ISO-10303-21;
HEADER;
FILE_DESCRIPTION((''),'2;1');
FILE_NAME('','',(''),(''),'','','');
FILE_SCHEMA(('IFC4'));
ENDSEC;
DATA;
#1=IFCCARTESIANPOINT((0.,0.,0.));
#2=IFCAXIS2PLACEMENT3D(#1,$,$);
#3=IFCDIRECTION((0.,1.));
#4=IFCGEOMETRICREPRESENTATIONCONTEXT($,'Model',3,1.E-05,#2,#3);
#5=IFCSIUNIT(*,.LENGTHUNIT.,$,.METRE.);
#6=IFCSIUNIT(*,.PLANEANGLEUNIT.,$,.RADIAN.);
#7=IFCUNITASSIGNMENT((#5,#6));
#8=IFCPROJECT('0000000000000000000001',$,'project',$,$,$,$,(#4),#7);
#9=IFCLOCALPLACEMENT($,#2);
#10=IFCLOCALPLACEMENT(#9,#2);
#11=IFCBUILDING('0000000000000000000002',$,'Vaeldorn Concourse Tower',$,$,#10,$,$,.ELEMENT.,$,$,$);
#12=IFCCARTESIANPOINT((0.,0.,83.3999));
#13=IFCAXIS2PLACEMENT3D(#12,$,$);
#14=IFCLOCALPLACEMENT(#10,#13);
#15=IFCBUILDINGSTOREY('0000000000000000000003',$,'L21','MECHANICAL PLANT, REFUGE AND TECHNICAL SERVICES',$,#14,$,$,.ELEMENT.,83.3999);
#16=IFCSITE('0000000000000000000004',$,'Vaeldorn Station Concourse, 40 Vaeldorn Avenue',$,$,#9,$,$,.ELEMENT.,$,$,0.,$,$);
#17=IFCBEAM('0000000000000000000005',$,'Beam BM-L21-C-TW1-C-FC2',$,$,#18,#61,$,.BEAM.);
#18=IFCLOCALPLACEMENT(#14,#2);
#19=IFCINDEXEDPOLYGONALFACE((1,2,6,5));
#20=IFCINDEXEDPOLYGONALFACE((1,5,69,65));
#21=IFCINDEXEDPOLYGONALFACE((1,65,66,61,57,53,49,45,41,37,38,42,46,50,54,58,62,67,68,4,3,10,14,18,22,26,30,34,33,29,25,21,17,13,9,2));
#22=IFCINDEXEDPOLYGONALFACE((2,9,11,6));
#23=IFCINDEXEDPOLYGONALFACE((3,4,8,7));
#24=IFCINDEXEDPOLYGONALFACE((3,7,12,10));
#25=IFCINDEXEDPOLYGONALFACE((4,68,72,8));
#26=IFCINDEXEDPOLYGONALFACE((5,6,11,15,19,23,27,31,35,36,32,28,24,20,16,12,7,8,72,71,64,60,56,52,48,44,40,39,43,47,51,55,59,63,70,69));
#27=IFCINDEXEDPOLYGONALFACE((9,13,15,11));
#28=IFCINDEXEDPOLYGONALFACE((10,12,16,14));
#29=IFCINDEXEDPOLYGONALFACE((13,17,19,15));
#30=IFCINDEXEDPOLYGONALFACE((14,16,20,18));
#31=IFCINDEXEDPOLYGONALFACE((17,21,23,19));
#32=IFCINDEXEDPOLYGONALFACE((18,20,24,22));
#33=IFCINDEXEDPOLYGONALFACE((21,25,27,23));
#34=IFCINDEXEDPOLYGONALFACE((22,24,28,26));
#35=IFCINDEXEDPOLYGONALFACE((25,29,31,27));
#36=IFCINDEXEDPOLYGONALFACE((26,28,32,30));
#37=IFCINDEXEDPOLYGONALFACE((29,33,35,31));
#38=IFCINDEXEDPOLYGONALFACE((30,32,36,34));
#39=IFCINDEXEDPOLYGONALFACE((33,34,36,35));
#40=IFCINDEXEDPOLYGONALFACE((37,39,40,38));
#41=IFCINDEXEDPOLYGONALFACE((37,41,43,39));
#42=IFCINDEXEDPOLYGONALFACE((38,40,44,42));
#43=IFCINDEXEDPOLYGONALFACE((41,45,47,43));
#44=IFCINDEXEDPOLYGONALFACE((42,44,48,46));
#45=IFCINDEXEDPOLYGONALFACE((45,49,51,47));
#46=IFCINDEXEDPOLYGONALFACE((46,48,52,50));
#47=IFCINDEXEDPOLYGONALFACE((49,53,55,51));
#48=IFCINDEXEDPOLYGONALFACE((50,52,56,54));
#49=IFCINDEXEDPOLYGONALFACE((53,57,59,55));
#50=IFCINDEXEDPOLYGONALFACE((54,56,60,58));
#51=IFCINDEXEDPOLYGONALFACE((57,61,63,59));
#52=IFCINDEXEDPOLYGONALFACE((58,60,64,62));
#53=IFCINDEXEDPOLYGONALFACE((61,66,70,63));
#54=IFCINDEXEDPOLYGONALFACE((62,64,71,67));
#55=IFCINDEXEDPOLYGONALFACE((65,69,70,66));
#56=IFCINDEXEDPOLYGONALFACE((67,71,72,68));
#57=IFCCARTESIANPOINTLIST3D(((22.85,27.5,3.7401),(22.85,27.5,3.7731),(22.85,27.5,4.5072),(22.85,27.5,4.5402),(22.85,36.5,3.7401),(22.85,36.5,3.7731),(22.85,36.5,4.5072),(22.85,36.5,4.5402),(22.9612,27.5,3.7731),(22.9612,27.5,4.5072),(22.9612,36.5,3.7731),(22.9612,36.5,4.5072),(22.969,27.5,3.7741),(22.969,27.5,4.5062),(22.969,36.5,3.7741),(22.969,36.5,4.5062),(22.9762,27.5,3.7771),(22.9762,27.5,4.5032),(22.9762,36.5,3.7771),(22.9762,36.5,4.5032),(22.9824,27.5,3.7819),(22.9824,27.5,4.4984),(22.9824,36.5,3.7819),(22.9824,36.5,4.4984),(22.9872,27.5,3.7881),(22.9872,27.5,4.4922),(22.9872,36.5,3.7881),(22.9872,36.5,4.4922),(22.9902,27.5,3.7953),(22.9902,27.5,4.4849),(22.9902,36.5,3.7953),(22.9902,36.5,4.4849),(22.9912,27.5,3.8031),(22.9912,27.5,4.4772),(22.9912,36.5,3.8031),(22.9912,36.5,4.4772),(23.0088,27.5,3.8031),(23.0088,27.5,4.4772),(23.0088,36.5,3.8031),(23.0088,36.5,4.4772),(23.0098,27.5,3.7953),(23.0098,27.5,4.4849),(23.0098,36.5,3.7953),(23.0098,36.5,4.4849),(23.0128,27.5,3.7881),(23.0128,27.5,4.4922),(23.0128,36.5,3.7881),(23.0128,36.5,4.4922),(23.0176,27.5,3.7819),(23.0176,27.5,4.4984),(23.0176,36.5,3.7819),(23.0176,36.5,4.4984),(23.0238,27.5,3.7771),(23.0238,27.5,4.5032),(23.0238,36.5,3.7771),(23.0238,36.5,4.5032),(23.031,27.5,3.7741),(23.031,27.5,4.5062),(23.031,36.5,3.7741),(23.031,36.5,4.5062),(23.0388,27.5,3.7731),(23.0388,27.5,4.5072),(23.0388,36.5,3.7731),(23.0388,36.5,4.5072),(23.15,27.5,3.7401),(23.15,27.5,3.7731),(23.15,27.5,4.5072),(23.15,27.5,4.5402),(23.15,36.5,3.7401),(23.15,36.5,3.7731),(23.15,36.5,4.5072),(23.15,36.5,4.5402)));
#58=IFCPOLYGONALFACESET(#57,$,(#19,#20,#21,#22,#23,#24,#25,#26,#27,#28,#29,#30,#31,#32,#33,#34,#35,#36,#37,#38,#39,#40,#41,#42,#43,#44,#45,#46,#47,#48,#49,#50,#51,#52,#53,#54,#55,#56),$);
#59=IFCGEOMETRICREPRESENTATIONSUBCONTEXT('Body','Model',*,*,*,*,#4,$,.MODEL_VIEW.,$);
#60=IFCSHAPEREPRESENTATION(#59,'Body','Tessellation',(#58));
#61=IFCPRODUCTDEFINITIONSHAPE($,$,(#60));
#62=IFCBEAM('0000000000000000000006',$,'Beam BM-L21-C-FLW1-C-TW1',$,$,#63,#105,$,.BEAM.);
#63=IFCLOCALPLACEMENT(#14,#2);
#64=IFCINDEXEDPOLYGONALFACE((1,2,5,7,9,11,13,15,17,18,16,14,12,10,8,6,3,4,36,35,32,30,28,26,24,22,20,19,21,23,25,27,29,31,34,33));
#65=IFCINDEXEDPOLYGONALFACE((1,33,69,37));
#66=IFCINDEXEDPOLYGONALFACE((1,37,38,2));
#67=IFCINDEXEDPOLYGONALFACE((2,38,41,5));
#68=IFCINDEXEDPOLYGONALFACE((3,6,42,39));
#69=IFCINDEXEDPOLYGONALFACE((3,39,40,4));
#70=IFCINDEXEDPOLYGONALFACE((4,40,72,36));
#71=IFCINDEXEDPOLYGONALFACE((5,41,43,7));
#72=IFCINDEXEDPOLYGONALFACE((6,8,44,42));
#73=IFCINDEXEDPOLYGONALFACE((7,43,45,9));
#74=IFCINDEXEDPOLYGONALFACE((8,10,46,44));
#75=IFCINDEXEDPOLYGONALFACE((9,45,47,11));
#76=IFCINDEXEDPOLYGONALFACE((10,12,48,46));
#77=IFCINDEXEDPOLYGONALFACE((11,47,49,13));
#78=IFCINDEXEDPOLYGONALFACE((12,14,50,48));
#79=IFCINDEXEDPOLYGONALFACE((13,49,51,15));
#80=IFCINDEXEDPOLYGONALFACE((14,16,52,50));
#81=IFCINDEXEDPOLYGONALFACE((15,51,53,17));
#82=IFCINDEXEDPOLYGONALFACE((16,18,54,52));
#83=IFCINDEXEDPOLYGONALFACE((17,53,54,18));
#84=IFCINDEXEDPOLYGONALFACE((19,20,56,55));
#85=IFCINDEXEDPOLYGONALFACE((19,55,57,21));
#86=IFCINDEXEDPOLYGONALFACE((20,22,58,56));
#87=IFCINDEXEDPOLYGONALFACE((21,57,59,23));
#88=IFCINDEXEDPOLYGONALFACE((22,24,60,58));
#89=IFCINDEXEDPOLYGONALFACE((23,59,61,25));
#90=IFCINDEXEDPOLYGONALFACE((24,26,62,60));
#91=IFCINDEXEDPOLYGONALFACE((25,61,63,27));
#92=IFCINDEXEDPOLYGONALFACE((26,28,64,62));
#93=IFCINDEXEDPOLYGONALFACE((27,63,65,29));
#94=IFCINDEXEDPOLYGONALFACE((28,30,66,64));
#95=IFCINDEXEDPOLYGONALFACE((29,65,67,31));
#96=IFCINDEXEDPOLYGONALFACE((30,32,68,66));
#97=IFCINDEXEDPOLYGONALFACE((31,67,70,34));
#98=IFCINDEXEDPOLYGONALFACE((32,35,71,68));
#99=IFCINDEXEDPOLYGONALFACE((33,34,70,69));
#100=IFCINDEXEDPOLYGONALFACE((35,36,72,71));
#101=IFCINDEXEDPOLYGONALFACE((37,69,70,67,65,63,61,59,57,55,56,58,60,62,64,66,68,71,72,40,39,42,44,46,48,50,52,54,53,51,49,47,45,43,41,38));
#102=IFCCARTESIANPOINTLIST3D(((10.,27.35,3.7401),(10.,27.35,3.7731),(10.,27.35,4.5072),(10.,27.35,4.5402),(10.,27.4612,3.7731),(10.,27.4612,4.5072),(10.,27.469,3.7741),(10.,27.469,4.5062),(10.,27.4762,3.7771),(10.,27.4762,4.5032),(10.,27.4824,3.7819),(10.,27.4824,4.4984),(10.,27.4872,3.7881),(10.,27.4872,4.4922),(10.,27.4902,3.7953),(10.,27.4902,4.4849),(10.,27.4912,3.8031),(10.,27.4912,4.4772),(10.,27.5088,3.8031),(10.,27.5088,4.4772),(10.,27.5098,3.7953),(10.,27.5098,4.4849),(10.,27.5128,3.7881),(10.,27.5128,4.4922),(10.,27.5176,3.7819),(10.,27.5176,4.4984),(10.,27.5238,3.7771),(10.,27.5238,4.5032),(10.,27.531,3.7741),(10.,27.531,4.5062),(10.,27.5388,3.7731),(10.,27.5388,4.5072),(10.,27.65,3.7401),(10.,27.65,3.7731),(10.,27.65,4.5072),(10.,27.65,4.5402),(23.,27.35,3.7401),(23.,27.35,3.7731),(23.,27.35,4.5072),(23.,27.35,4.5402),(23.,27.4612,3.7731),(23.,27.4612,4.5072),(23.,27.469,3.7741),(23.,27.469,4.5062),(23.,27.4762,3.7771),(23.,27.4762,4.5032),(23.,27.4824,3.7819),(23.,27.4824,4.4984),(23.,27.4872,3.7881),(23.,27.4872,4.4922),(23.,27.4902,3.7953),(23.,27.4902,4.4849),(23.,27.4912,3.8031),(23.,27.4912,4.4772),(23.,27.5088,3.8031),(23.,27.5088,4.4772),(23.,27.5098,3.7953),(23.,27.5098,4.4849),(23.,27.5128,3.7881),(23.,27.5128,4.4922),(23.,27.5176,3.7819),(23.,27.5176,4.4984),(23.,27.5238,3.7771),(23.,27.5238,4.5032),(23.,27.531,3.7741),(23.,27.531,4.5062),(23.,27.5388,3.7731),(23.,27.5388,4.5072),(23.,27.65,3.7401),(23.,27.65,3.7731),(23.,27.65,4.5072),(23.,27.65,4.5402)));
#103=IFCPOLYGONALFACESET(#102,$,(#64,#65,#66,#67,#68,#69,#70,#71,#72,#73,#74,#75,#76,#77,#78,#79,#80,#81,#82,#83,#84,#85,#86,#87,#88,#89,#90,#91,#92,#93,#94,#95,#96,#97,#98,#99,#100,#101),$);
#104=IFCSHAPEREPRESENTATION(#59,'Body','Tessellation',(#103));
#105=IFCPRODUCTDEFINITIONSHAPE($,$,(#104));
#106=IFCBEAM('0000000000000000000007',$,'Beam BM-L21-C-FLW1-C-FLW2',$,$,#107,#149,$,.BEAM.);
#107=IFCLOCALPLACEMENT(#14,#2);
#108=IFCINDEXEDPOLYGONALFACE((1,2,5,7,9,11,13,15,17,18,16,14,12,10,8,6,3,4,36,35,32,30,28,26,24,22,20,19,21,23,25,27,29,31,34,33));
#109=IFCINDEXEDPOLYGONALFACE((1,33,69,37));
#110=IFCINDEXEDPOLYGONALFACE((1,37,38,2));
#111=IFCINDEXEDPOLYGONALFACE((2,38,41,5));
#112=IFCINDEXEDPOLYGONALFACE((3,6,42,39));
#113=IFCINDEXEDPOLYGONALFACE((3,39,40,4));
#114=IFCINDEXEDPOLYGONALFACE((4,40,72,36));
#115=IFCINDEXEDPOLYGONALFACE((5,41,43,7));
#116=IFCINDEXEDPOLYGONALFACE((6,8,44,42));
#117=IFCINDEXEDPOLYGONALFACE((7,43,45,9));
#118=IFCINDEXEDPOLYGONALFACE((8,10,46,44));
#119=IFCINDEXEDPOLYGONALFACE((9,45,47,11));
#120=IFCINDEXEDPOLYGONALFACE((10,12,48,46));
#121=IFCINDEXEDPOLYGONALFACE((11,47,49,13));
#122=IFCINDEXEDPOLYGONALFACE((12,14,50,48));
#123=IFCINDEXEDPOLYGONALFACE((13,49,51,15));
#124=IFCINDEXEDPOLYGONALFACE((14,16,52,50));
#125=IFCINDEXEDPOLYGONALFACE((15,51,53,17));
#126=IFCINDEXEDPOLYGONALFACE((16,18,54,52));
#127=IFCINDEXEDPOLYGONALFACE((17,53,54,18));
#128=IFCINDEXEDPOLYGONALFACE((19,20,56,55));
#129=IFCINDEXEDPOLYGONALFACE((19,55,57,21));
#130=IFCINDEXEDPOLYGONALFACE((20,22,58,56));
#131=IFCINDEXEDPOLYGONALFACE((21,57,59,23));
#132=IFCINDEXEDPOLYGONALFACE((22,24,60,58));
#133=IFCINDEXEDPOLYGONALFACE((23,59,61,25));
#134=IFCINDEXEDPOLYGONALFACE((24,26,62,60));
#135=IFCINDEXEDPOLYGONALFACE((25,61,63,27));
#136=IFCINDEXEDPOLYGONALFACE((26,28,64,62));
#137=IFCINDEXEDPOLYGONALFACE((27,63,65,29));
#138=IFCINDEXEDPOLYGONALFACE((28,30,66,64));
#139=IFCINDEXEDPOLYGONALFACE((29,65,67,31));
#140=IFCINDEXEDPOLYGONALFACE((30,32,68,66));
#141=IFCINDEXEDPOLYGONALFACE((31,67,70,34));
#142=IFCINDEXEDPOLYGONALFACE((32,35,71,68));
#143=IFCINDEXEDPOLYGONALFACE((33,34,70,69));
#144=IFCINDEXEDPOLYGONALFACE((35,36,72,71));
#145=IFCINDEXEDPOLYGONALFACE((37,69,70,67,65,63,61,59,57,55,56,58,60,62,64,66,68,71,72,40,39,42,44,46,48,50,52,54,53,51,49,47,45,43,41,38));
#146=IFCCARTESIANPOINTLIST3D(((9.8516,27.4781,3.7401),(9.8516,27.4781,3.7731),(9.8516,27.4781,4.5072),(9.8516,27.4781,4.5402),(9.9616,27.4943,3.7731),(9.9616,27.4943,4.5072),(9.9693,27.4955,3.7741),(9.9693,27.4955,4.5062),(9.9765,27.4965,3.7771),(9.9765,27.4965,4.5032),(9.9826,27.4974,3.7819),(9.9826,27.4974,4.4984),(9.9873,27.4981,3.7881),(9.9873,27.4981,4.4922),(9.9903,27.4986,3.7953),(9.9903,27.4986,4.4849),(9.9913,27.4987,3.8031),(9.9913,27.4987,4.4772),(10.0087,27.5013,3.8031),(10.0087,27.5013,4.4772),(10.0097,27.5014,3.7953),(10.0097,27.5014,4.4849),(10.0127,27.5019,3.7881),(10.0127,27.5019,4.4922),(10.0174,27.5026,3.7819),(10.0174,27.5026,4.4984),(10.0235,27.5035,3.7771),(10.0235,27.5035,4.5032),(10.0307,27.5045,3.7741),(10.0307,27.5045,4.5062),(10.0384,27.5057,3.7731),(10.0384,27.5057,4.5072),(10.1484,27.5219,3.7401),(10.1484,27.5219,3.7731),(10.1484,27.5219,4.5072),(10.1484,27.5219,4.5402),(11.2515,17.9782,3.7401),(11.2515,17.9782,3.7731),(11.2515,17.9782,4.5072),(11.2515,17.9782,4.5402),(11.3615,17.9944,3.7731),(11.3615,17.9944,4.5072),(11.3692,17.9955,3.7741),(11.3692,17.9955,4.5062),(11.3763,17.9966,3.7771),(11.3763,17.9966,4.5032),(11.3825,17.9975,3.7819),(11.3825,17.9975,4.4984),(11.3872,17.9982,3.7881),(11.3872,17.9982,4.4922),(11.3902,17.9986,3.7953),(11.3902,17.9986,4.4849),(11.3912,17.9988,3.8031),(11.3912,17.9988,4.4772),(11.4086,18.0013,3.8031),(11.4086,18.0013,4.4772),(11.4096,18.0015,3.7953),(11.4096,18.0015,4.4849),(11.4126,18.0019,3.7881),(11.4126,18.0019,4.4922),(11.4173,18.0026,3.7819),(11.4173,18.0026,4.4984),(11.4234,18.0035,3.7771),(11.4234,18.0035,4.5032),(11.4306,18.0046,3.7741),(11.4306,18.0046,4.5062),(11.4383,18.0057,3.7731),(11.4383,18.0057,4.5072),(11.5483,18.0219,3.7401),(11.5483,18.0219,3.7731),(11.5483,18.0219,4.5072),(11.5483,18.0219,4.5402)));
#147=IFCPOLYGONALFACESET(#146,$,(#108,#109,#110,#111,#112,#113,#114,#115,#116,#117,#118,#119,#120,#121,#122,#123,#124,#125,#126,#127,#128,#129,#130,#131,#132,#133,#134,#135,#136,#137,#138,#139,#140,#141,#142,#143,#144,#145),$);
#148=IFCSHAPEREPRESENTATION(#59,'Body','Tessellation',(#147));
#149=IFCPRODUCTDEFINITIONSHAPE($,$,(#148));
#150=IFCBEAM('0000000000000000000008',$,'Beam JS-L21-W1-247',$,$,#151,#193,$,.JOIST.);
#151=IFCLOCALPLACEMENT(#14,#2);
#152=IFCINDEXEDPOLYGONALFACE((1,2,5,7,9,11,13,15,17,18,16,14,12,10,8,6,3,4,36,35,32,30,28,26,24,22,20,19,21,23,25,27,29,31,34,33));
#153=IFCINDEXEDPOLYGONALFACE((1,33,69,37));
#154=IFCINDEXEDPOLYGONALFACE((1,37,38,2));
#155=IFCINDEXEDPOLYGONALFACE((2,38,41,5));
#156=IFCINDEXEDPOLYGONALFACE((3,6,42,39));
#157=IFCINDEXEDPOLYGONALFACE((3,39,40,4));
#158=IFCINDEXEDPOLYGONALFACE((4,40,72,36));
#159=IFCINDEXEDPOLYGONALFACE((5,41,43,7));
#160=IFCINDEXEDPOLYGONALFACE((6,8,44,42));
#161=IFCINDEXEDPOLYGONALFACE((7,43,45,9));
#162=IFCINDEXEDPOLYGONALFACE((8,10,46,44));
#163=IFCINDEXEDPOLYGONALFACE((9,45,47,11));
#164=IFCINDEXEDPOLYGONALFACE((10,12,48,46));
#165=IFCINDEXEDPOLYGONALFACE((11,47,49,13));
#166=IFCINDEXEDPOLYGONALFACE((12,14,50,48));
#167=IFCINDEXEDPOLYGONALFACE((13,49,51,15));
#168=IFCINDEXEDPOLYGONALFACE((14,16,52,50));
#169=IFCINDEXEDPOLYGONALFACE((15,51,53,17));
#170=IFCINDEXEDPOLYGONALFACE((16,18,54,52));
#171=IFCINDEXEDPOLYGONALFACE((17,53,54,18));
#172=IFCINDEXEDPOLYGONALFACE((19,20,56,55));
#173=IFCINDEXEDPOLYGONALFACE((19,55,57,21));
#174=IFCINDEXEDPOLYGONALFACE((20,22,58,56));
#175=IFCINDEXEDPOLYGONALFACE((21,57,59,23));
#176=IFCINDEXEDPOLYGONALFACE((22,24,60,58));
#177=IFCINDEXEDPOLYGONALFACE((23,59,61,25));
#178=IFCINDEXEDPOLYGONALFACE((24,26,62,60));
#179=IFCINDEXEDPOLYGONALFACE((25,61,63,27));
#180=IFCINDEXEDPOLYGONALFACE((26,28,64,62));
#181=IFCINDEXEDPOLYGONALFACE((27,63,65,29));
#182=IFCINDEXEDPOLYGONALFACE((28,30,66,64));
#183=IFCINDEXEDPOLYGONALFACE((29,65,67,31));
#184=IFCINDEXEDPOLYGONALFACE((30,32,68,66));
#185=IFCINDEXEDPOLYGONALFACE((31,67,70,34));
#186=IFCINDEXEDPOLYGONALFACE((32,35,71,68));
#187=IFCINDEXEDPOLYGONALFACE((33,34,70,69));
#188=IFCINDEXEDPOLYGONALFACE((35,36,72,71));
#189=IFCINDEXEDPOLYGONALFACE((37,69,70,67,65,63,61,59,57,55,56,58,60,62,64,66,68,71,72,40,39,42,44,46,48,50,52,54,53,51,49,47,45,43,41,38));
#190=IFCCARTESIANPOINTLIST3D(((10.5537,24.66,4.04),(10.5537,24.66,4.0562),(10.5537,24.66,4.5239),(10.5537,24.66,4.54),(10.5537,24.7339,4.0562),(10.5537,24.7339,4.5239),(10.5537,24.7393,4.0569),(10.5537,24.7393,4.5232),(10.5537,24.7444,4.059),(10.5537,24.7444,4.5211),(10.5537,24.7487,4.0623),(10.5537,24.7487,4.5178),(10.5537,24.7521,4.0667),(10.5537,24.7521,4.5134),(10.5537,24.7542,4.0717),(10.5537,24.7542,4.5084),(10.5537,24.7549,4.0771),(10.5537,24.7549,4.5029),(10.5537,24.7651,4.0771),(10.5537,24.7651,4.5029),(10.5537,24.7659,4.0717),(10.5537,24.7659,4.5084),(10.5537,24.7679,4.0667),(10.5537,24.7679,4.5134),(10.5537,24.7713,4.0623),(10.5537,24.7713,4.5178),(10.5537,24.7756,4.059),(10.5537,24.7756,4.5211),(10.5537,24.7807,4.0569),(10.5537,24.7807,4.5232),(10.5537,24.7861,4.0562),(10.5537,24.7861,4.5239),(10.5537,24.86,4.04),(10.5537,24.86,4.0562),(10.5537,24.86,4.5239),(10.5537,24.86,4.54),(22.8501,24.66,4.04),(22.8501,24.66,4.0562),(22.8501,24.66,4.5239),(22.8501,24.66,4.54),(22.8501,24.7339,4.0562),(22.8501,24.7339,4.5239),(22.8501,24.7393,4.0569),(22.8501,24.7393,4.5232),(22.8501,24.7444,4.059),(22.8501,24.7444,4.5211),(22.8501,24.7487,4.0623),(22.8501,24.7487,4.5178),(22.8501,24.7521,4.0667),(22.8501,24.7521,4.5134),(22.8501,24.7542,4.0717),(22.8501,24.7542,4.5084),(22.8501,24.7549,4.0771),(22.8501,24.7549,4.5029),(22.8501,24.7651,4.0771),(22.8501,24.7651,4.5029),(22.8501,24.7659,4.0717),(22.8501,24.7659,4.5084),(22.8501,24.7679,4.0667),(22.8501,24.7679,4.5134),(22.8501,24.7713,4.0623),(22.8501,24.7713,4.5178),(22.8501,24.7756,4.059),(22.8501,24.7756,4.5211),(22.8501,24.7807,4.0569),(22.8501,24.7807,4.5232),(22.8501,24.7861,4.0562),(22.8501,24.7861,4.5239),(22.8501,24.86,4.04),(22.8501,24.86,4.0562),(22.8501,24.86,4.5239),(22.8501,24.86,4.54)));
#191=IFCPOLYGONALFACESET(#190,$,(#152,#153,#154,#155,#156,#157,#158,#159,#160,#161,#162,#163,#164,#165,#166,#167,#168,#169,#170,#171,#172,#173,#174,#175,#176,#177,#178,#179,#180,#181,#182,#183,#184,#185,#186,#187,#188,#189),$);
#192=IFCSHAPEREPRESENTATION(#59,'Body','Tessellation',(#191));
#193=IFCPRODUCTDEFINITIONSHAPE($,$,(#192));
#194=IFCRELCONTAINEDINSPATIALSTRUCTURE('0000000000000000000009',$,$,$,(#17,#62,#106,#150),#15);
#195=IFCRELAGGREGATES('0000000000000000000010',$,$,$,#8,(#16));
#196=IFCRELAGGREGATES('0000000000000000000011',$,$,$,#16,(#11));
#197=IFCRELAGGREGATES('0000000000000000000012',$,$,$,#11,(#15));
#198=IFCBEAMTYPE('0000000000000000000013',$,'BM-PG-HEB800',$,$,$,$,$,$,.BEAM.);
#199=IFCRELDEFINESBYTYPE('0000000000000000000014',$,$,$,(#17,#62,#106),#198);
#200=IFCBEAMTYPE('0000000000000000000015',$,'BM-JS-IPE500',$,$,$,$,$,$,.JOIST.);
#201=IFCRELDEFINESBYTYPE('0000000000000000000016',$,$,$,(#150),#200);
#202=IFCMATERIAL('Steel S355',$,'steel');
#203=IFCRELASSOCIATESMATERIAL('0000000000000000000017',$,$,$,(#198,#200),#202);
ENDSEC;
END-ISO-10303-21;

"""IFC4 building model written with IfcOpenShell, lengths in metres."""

from ifc_helpers import new_model, si_unit, direction, frame, origin, origin_2d, place, context, subcontext, project, spatial, i_section, extrude, source, transform, mapped, material, material_profile, profile_set, type_object, element, save


model = new_model("IFC4")

# Units and contexts
model_context = context("Model", 3, precision=1e-05, world=origin(), true_north=direction((0.0, 1.0)))
body_context = subcontext(model_context, "Body", "Model", "MODEL_VIEW")
ifc_project = project(units=[si_unit("LENGTHUNIT", "METRE"), si_unit("PLANEANGLEUNIT", "RADIAN")], contexts=[model_context])

# Site, building, storey
site_placement = place(None, origin())
site = spatial("IfcSite", under=ifc_project, at=site_placement, Name="Vaeldorn Station Concourse, 40 Vaeldorn Avenue", CompositionType="ELEMENT", RefElevation=0.0)
building_placement = place(site_placement, origin())
building = spatial("IfcBuilding", under=site, at=building_placement, Name="Vaeldorn Concourse Tower", CompositionType="ELEMENT")
storey_placement = place(building_placement, frame((0.0, 0.0, 83.3999)))
storey = spatial("IfcBuildingStorey", under=building, at=storey_placement, Name="L21", Description="MECHANICAL PLANT, REFUGE AND TECHNICAL SERVICES", CompositionType="ELEMENT", Elevation=83.3999)

# Beams
ifc_material_1 = material(Name="Steel S355", Category="steel")
ifc_material_profile_1 = material_profile(ifc_material_1, i_section(OverallWidth=0.3, OverallDepth=0.8, WebThickness=0.0176, FlangeThickness=0.033, FilletRadius=0.03, at=origin_2d()), Name="HEB 800")
ifc_profile_set_1 = profile_set([ifc_material_profile_1], Name="Steel S355")
beam_type_1 = type_object("IfcBeamType", Name="BM-PG-HEB800", PredefinedType="BEAM", material=ifc_profile_set_1)
shared_shape_1 = source(origin(), body_context, "Body", "SweptSolid", [
    extrude(i_section(OverallWidth=0.3, OverallDepth=0.8, WebThickness=0.0176, FlangeThickness=0.033, FilletRadius=0.03, at=origin_2d()), origin(), (0.0, 0.0, 1.0), 9.0),
])
beam_1_placement = place(storey_placement, frame((23.0, 27.5, 4.1401), z_axis=(0.0, 1.0, 0.0), x_axis=(-1.0, 0.0, 0.0)))
element("IfcBeam", 1, at=beam_1_placement, inside=storey, type_object=beam_type_1, Name="Beam BM-L21-C-TW1-C-FC2", PredefinedType="BEAM", context=body_context, shape_type="MappedRepresentation", body=[
    mapped(shared_shape_1, transform((0.0, 0.0, 0.0), scale=1.0)),
])
shared_shape_2 = source(origin(), body_context, "Body", "SweptSolid", [
    extrude(i_section(OverallWidth=0.3, OverallDepth=0.8, WebThickness=0.0176, FlangeThickness=0.033, FilletRadius=0.03, at=origin_2d()), origin(), (0.0, 0.0, 1.0), 13.0),
])
beam_2_placement = place(storey_placement, frame((10.0, 27.5, 4.1401), z_axis=(1.0, 0.0, 0.0), x_axis=(0.0, 1.0, 0.0)))
element("IfcBeam", 2, at=beam_2_placement, inside=storey, type_object=beam_type_1, Name="Beam BM-L21-C-FLW1-C-TW1", PredefinedType="BEAM", context=body_context, shape_type="MappedRepresentation", body=[
    mapped(shared_shape_2, transform((0.0, 0.0, 0.0), scale=1.0)),
])
shared_shape_3 = source(origin(), body_context, "Body", "SweptSolid", [
    extrude(i_section(OverallWidth=0.3, OverallDepth=0.8, WebThickness=0.0176, FlangeThickness=0.033, FilletRadius=0.03, at=origin_2d()), origin(), (0.0, 0.0, 1.0), 9.6025),
])
beam_3_placement = place(storey_placement, frame((10.0, 27.5, 4.1401), z_axis=(0.145784, -0.989316, 0.0), x_axis=(0.989316, 0.145784, 0.0)))
element("IfcBeam", 3, at=beam_3_placement, inside=storey, type_object=beam_type_1, Name="Beam BM-L21-C-FLW1-C-FLW2", PredefinedType="BEAM", context=body_context, shape_type="MappedRepresentation", body=[
    mapped(shared_shape_3, transform((0.0, 0.0, 0.0), scale=1.0)),
])
ifc_material_profile_2 = material_profile(ifc_material_1, i_section(OverallWidth=0.2, OverallDepth=0.5, WebThickness=0.0103, FlangeThickness=0.0161, FilletRadius=0.021, at=origin_2d()), Name="IPE 500")
ifc_profile_set_2 = profile_set([ifc_material_profile_2], Name="Steel S355")
beam_type_2 = type_object("IfcBeamType", Name="BM-JS-IPE500", PredefinedType="JOIST", material=ifc_profile_set_2)
shared_shape_4 = source(origin(), body_context, "Body", "SweptSolid", [
    extrude(i_section(OverallWidth=0.2, OverallDepth=0.5, WebThickness=0.0103, FlangeThickness=0.0161, FilletRadius=0.021, at=origin_2d()), origin(), (0.0, 0.0, 1.0), 12.2964),
])
beam_4_placement = place(storey_placement, frame((10.5537, 24.76, 4.29), z_axis=(1.0, 0.0, 0.0), x_axis=(0.0, 1.0, 0.0)))
element("IfcBeam", 4, at=beam_4_placement, inside=storey, type_object=beam_type_2, Name="Beam JS-L21-W1-247", PredefinedType="JOIST", context=body_context, shape_type="MappedRepresentation", body=[
    mapped(shared_shape_4, transform((0.0, 0.0, 0.0), scale=1.0)),
])

save(model, "model.ifc")
